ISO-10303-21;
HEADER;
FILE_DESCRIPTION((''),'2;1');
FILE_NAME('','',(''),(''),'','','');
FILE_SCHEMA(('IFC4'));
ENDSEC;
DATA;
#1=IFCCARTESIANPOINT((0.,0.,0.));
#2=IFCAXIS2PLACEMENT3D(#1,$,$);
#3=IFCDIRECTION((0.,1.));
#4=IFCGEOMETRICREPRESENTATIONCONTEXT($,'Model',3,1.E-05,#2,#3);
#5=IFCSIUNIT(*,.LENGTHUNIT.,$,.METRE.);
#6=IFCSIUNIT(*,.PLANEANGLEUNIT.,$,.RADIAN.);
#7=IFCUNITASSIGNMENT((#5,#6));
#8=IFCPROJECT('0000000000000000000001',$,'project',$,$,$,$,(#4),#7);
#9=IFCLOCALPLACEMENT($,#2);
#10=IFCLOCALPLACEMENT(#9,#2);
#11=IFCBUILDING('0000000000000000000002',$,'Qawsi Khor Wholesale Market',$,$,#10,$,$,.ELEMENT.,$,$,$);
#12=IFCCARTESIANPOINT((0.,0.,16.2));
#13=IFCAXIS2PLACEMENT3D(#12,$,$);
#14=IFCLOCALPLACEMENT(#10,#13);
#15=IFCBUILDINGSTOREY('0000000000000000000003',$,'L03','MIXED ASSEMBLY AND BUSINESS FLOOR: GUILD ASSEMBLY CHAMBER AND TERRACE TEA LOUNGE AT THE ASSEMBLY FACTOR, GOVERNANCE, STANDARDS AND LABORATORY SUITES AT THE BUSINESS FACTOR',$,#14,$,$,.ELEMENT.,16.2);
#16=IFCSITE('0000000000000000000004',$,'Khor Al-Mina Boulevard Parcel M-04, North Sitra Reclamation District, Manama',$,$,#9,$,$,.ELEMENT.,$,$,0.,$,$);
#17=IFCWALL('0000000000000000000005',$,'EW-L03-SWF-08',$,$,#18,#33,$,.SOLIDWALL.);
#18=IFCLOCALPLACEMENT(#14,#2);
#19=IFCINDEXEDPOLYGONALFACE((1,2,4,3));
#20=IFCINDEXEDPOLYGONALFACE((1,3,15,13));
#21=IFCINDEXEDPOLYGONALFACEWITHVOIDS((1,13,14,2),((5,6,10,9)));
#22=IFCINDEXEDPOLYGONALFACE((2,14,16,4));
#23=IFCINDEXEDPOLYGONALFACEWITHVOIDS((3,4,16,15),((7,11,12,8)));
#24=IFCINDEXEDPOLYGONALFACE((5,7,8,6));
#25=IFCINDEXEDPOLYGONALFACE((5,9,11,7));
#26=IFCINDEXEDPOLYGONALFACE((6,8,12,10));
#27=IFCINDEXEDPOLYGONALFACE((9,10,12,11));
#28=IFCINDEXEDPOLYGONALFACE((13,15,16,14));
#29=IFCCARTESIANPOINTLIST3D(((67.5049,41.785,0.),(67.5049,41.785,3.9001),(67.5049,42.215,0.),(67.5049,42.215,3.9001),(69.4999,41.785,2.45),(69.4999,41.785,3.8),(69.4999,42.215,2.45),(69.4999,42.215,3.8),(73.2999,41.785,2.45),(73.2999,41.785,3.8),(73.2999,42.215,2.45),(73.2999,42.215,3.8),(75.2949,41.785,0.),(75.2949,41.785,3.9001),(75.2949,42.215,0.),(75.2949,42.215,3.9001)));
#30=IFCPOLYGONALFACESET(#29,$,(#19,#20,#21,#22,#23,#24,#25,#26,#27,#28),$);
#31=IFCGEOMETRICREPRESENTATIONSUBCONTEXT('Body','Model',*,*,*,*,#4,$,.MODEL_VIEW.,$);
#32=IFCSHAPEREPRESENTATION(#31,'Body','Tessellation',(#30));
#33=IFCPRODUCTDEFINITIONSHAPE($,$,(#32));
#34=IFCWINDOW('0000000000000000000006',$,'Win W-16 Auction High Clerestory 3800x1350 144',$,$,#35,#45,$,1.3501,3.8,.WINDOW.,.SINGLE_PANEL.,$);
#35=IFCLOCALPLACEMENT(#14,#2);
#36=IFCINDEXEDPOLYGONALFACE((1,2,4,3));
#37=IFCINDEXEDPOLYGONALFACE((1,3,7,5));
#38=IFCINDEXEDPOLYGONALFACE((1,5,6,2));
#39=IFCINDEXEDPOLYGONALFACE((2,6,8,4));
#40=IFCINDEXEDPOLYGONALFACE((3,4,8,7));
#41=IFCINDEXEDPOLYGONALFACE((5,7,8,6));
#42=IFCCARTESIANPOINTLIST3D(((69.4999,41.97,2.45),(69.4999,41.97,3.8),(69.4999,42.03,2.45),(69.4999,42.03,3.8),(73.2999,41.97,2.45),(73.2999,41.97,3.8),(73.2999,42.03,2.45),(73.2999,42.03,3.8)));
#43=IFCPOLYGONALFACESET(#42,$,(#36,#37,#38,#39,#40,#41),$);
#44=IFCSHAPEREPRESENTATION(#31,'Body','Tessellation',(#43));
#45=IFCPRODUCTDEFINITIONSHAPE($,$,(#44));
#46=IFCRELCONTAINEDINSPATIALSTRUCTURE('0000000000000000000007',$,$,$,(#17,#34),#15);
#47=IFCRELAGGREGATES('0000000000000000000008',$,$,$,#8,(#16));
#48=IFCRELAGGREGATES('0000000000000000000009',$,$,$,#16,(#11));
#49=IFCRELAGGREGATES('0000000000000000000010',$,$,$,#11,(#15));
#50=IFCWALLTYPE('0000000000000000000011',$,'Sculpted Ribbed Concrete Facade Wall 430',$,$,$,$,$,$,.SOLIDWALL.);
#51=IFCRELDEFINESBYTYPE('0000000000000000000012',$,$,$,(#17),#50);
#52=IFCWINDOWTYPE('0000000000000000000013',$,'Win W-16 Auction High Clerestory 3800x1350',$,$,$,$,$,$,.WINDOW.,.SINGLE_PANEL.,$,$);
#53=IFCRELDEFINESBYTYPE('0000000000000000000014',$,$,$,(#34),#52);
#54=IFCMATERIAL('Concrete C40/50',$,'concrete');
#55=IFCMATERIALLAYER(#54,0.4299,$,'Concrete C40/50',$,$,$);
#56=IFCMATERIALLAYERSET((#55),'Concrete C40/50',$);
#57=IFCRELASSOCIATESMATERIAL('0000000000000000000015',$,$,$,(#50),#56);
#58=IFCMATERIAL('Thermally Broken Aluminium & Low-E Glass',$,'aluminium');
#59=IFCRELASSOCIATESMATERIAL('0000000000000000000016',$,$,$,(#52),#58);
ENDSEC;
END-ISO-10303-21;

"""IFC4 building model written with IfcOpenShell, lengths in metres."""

from ifc_helpers import new_model, si_unit, direction, frame, frame_2d, origin, place, context, subcontext, project, spatial, rectangle, extrude, material, layer, layer_set, type_object, element, fill, save


model = new_model("IFC4")

# Units and contexts
model_context = context("Model", 3, precision=1e-05, world=origin(), true_north=direction((0.0, 1.0)))
body_context = subcontext(model_context, "Body", "Model", "MODEL_VIEW")
ifc_project = project(units=[si_unit("LENGTHUNIT", "METRE"), si_unit("PLANEANGLEUNIT", "RADIAN")], contexts=[model_context])

# Site, building, storey
site_placement = place(None, origin())
site = spatial("IfcSite", under=ifc_project, at=site_placement, Name="Khor Al-Mina Boulevard Parcel M-04, North Sitra Reclamation District, Manama", CompositionType="ELEMENT", RefElevation=0.0)
building_placement = place(site_placement, origin())
building = spatial("IfcBuilding", under=site, at=building_placement, Name="Qawsi Khor Wholesale Market", CompositionType="ELEMENT")
storey_placement = place(building_placement, frame((0.0, 0.0, 16.2)))
storey = spatial("IfcBuildingStorey", under=building, at=storey_placement, Name="L03", Description="MIXED ASSEMBLY AND BUSINESS FLOOR: GUILD ASSEMBLY CHAMBER AND TERRACE TEA LOUNGE AT THE ASSEMBLY FACTOR, GOVERNANCE, STANDARDS AND LABORATORY SUITES AT THE BUSINESS FACTOR", CompositionType="ELEMENT", Elevation=16.2)

# Shared definitions
ifc_material_1 = material(Name="Concrete C40/50", Category="concrete")

# Wall, opening, window
ifc_layer_1 = layer(ifc_material_1, 0.4299, Name="Concrete C40/50")
ifc_layer_set_1 = layer_set([ifc_layer_1], Name="Concrete C40/50")
wall_type = type_object("IfcWallType", Name="Sculpted Ribbed Concrete Facade Wall 430", PredefinedType="SOLIDWALL", material=ifc_layer_set_1)
wall_placement = place(storey_placement, frame((67.5049, 42.0, 0.0), z_axis=(0.0, 0.0, 1.0), x_axis=(1.0, 0.0, 0.0)))
wall = element("IfcWall", 1, at=wall_placement, inside=storey, type_object=wall_type, Name="EW-L03-SWF-08", PredefinedType="SOLIDWALL", context=body_context, shape_type="SweptSolid", body=[
    extrude(rectangle(XDim=7.79, YDim=0.4299, at=frame_2d((3.895, 0.0))), origin(), (0.0, 0.0, 1.0), 3.9001),
])
opening_placement = place(wall_placement, frame((1.9951, 0.0, 2.45)))
opening = element("IfcOpeningElement", 2, at=opening_placement, cuts=wall, PredefinedType="OPENING", context=body_context, shape_type="SweptSolid", body=[
    extrude(rectangle(XDim=3.8, YDim=1.3501, at=frame_2d((1.8999, 0.675))), frame((0.0, 0.2249, 0.0), z_axis=(0.0, -1.0, 0.0), x_axis=(1.0, 0.0, 0.0)), (0.0, 0.0, 1.0), 0.45),
])
ifc_material_2 = material(Name="Thermally Broken Aluminium & Low-E Glass", Category="aluminium")
window_type = type_object("IfcWindowType", Name="Win W-16 Auction High Clerestory 3800x1350", PartitioningType="SINGLE_PANEL", PredefinedType="WINDOW", material=ifc_material_2)
window_placement = place(opening_placement, origin())
window = element("IfcWindow", 3, at=window_placement, inside=storey, type_object=window_type, Name="Win W-16 Auction High Clerestory 3800x1350 144", OverallHeight=1.3501, OverallWidth=3.8, PartitioningType="SINGLE_PANEL", PredefinedType="WINDOW", context=body_context, shape_type="SweptSolid", body=[
    extrude(rectangle(XDim=3.8, YDim=1.3501, at=frame_2d((1.8999, 0.675))), frame((0.0, 0.03, 0.0), z_axis=(0.0, -1.0, 0.0), x_axis=(1.0, 0.0, 0.0)), (0.0, 0.0, 1.0), 0.0601),
])
fill(opening, window)

save(model, "model.ifc")
